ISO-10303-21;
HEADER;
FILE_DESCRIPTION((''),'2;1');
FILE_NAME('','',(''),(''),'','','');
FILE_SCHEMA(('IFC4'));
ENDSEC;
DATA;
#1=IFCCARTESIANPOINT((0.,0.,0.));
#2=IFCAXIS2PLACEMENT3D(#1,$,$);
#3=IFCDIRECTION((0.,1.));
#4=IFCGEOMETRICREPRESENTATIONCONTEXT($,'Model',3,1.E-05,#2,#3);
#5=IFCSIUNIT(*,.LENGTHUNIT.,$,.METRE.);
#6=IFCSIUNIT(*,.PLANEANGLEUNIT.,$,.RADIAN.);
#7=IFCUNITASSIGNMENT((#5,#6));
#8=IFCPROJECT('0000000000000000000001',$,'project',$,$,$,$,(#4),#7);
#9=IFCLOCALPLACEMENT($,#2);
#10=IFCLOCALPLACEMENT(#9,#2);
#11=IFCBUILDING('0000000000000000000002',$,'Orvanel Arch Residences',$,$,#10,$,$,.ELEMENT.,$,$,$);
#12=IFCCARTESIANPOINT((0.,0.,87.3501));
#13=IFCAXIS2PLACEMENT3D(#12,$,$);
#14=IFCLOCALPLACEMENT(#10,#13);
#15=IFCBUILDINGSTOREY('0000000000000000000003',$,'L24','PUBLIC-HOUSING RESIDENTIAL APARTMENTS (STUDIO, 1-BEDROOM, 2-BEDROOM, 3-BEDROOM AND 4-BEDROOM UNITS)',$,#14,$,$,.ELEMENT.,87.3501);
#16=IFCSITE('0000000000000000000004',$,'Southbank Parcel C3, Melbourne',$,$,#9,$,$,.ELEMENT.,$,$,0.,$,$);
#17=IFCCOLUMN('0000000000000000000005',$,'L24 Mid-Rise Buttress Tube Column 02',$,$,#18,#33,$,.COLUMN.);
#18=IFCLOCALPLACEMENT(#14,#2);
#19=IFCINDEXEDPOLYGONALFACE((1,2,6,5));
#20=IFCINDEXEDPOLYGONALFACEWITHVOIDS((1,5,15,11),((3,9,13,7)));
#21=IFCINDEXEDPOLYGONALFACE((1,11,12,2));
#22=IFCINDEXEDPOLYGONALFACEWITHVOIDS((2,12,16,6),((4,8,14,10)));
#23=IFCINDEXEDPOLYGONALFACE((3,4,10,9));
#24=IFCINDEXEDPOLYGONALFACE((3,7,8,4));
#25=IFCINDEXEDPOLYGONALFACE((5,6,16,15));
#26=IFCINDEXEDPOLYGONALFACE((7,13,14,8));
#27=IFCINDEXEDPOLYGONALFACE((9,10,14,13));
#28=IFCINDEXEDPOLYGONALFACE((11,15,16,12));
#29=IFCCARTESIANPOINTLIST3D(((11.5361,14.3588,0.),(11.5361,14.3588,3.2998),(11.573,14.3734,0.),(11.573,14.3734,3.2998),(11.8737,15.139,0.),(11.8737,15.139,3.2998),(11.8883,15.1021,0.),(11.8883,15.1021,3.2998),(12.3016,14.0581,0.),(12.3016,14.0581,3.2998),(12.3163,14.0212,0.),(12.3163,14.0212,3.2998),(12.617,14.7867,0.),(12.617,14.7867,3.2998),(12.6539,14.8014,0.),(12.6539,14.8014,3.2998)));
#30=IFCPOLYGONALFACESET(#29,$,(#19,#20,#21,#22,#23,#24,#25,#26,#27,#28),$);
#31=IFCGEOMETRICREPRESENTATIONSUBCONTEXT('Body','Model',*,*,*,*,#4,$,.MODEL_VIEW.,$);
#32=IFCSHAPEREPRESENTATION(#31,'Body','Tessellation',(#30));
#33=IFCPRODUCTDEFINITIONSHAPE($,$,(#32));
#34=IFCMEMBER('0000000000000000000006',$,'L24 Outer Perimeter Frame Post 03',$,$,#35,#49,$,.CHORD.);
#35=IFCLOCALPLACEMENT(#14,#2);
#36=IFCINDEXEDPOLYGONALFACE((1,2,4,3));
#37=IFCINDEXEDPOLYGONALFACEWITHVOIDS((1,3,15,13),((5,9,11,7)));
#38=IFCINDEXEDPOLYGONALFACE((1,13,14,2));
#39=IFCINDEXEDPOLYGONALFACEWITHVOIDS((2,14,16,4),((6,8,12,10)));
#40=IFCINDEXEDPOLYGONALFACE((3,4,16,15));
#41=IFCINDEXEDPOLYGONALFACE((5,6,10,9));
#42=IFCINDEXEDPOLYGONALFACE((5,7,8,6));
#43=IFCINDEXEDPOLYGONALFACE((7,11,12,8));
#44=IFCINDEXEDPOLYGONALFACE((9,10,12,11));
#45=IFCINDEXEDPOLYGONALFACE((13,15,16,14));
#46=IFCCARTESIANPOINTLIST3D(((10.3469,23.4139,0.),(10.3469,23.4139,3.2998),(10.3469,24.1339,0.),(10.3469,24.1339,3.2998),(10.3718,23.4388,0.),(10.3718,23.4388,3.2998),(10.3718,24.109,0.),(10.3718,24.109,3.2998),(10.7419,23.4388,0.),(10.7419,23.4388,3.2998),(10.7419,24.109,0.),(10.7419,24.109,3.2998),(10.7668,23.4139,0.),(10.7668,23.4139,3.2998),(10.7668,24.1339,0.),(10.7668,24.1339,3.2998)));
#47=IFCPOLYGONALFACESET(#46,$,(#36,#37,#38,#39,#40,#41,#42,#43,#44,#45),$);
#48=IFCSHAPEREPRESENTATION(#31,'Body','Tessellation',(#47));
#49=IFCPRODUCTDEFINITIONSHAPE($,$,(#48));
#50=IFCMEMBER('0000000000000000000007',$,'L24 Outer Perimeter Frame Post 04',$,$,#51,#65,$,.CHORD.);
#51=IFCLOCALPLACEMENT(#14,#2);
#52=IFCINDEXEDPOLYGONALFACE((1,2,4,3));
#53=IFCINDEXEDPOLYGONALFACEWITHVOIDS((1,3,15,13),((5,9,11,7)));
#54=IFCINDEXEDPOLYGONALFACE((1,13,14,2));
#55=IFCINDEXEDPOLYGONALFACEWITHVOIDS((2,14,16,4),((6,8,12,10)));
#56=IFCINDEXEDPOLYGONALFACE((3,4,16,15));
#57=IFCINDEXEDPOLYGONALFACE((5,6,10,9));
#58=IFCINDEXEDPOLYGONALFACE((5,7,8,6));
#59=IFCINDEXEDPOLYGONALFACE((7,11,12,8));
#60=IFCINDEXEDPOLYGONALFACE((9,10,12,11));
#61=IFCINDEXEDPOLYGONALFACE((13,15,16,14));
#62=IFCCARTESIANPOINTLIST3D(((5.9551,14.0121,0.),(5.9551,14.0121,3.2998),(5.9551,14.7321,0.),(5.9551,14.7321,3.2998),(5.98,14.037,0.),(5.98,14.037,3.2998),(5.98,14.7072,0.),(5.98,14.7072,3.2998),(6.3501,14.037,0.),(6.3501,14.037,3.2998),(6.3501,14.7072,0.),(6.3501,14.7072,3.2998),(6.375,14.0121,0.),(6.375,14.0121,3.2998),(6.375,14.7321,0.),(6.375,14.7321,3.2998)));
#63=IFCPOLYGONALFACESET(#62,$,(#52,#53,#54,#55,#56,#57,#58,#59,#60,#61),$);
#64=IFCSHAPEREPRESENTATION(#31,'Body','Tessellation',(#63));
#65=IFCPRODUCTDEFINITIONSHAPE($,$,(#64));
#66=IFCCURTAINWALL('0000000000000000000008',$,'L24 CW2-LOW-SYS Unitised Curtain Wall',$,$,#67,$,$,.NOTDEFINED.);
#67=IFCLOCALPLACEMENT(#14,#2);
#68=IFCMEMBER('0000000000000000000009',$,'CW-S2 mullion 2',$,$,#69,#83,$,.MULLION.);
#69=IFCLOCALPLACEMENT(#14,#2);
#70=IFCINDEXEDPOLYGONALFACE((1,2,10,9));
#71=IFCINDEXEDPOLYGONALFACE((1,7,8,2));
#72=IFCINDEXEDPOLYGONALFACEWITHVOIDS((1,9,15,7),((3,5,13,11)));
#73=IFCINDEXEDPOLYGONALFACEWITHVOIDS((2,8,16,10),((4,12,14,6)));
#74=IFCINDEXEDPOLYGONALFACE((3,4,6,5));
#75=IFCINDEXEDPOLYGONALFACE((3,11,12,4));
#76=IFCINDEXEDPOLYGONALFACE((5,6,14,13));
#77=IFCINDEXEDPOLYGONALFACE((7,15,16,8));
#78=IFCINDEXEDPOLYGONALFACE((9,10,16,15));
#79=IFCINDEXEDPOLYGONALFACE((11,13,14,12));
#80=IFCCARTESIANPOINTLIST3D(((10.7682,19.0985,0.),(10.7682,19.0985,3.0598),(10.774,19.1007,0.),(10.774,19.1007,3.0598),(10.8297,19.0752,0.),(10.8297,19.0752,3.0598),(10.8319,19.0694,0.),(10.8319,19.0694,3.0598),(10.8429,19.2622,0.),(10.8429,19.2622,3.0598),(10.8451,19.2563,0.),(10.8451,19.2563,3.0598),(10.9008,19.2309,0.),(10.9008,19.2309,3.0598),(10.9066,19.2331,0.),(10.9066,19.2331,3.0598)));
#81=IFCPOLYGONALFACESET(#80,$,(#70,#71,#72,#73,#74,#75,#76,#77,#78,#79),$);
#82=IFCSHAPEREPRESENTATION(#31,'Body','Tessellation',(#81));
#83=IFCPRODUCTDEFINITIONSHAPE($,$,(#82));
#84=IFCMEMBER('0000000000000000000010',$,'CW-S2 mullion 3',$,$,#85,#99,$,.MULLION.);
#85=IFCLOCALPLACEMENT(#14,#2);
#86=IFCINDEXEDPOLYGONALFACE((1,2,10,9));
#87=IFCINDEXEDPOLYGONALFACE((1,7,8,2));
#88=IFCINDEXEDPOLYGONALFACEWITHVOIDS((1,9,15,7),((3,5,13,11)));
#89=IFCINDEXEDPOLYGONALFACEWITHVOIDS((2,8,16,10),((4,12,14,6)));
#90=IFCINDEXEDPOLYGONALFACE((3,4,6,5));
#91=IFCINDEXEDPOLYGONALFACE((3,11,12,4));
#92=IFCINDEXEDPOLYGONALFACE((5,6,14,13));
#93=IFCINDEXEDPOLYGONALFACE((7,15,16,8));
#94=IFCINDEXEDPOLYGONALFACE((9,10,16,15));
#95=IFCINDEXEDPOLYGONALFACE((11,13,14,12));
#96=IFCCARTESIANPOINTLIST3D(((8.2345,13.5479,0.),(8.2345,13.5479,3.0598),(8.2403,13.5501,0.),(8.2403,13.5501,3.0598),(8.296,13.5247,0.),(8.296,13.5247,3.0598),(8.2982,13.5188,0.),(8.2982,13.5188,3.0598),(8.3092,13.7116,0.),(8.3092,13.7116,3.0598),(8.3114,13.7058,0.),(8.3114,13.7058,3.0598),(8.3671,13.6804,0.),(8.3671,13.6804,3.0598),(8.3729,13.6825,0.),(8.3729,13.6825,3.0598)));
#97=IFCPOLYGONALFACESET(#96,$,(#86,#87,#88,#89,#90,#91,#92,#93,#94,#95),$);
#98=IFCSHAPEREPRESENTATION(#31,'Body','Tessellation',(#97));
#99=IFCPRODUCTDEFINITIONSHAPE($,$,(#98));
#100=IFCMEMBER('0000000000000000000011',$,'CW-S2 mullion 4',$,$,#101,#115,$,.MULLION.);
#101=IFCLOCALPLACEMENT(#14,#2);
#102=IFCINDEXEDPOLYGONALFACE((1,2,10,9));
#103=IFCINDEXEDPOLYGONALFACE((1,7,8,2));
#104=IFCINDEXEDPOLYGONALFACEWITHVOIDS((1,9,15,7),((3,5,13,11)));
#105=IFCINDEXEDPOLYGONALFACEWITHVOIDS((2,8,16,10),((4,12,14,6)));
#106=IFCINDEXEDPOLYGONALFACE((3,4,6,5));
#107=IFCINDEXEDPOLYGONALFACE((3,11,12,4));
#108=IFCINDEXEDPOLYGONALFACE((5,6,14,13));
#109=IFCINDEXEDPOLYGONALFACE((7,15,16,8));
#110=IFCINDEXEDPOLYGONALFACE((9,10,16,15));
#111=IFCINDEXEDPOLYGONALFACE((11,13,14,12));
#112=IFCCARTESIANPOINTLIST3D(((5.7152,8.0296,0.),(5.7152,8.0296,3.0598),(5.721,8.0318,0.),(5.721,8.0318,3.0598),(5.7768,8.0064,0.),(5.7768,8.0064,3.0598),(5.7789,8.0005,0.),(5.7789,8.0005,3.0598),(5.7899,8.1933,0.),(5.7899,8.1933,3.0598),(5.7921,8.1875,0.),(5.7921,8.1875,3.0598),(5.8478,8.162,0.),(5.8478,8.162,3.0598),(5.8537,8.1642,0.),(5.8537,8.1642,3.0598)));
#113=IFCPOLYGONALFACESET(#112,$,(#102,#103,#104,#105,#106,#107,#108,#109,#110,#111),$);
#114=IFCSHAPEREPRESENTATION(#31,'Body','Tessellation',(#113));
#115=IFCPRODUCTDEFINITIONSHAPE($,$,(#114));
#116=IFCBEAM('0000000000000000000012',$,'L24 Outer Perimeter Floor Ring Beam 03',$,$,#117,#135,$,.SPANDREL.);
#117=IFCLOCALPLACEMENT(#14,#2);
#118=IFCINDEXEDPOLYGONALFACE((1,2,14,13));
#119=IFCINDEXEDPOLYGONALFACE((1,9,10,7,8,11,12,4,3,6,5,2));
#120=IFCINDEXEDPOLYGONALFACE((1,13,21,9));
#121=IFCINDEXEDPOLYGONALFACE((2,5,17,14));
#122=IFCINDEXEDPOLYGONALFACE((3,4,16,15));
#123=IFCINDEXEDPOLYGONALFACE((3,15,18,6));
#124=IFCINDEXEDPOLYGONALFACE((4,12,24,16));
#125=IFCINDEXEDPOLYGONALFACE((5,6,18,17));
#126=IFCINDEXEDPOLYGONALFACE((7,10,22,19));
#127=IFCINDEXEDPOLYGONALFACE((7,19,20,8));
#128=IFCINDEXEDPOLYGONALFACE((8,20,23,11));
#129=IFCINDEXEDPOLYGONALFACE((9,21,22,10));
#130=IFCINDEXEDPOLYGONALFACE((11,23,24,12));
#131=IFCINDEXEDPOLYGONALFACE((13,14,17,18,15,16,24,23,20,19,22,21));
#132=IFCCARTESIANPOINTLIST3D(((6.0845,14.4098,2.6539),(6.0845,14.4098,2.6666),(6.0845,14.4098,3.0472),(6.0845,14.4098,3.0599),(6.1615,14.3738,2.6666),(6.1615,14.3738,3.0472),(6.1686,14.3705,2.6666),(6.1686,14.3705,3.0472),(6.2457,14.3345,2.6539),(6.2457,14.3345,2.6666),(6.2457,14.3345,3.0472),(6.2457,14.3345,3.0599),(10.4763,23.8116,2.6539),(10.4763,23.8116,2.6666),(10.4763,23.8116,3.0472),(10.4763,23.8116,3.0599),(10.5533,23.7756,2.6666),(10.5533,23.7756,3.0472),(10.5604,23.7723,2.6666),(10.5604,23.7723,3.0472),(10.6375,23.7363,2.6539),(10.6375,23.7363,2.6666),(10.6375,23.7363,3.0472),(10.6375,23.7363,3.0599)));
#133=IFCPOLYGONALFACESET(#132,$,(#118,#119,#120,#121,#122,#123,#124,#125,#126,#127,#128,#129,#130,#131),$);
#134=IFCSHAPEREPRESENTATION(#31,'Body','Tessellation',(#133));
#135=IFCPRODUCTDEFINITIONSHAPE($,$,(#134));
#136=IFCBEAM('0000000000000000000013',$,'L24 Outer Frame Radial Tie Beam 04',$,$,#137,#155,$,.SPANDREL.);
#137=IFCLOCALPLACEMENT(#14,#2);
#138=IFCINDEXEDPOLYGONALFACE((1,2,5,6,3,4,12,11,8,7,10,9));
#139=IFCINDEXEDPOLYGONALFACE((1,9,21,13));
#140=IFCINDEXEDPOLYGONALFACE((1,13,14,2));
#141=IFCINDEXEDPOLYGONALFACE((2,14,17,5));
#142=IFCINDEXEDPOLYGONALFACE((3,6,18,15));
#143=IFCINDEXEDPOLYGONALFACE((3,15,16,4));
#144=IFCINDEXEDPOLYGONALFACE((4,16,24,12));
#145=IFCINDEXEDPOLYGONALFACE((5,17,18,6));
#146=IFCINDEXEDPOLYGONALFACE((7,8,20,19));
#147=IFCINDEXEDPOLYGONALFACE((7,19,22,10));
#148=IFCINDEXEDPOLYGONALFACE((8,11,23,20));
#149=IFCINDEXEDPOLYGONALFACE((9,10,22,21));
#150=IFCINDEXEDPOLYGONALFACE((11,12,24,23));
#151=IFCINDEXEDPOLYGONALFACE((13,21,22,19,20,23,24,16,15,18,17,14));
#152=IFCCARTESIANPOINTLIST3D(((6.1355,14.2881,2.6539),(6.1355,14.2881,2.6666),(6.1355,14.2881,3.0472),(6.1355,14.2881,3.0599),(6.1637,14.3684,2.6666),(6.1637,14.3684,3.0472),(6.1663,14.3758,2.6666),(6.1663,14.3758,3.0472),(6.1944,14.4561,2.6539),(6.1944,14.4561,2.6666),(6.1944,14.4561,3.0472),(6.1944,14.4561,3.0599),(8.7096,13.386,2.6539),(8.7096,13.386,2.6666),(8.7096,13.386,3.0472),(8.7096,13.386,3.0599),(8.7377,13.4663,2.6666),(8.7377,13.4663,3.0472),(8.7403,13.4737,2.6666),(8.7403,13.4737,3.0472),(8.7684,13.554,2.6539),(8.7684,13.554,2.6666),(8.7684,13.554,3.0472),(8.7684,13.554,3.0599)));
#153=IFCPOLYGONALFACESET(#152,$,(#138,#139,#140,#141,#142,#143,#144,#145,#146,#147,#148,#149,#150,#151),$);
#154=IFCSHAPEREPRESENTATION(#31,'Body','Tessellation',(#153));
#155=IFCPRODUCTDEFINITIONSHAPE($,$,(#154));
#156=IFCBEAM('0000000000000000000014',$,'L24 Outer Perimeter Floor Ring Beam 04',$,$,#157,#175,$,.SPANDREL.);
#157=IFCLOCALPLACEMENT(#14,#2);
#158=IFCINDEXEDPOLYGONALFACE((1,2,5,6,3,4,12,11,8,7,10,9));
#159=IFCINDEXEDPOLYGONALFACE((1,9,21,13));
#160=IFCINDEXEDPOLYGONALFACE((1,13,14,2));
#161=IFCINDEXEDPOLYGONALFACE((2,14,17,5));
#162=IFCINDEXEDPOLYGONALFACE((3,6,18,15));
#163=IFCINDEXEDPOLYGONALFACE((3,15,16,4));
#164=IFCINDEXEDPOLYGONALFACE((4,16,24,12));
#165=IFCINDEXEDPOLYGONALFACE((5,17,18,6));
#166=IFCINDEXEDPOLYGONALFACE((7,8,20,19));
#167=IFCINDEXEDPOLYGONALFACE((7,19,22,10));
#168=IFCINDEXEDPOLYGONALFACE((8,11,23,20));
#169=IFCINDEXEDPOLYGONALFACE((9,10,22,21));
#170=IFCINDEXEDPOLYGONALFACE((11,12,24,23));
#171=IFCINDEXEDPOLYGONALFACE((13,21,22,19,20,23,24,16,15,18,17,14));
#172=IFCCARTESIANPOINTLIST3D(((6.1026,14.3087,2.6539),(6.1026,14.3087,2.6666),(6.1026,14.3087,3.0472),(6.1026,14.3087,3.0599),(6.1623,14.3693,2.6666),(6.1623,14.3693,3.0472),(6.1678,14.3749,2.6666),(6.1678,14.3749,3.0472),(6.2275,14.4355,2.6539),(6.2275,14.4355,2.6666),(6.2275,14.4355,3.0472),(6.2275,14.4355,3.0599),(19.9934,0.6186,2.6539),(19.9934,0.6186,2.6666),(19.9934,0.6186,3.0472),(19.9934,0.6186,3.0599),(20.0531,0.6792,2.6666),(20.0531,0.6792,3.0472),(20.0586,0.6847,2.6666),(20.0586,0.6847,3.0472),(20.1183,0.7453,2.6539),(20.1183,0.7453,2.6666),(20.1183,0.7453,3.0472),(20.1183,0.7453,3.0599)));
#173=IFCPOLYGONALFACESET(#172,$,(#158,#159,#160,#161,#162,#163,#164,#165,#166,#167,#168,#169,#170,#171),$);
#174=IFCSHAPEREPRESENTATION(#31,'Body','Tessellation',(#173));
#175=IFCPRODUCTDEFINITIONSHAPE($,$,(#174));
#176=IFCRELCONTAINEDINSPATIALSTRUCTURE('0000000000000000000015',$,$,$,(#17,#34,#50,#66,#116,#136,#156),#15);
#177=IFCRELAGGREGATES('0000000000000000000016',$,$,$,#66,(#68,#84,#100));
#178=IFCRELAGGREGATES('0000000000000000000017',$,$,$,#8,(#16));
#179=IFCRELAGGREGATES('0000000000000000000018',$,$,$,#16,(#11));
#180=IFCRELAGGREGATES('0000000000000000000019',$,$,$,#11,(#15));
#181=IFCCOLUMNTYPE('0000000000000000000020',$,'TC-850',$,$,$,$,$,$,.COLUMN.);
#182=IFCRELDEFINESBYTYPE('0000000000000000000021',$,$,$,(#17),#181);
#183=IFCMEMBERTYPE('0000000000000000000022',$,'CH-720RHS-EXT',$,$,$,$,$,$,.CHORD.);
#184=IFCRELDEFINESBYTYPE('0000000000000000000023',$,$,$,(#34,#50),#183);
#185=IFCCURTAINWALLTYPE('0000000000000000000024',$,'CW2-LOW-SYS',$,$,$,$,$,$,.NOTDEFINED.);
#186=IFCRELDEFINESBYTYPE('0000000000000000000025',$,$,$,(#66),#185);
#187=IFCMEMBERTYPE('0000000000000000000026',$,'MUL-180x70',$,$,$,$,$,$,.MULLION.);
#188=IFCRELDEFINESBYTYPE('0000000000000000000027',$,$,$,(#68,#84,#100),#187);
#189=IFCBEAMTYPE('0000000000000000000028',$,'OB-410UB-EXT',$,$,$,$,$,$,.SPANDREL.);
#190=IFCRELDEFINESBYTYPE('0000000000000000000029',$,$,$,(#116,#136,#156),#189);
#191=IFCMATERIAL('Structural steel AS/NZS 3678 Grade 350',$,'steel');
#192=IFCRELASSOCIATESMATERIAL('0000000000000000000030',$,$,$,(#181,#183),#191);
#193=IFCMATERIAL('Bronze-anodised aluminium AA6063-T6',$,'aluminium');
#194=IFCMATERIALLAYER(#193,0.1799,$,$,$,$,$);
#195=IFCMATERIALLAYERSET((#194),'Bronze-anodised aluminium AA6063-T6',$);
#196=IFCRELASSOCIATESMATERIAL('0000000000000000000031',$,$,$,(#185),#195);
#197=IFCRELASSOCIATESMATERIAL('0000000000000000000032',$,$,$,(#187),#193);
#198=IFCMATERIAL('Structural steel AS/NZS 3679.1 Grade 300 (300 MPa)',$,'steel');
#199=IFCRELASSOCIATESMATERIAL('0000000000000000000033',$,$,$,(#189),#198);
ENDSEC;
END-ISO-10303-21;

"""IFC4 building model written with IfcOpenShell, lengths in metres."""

from ifc_helpers import new_model, si_unit, direction, frame, origin, origin_2d, place, context, subcontext, project, spatial, hollow_rectangle, i_section, extrude, material, layer, layer_set, material_profile, profile_set, type_object, element, aggregate, save


model = new_model("IFC4")

# Units and contexts
model_context = context("Model", 3, precision=1e-05, world=origin(), true_north=direction((0.0, 1.0)))
body_context = subcontext(model_context, "Body", "Model", "MODEL_VIEW")
ifc_project = project(units=[si_unit("LENGTHUNIT", "METRE"), si_unit("PLANEANGLEUNIT", "RADIAN")], contexts=[model_context])

# Site, building, storey
site_placement = place(None, origin())
site = spatial("IfcSite", under=ifc_project, at=site_placement, Name="Southbank Parcel C3, Melbourne", CompositionType="ELEMENT", RefElevation=0.0)
building_placement = place(site_placement, origin())
building = spatial("IfcBuilding", under=site, at=building_placement, Name="Orvanel Arch Residences", CompositionType="ELEMENT")
storey_placement = place(building_placement, frame((0.0, 0.0, 87.3501)))
storey = spatial("IfcBuildingStorey", under=building, at=storey_placement, Name="L24", Description="PUBLIC-HOUSING RESIDENTIAL APARTMENTS (STUDIO, 1-BEDROOM, 2-BEDROOM, 3-BEDROOM AND 4-BEDROOM UNITS)", CompositionType="ELEMENT", Elevation=87.3501)

# Column
ifc_material_1 = material(Name="Structural steel AS/NZS 3678 Grade 350", Category="steel")
ifc_material_profile_1 = material_profile(ifc_material_1, hollow_rectangle(XDim=0.8501, YDim=0.8501, WallThickness=0.0281, at=origin_2d()), Name="BOX850x850x28")
ifc_profile_set_1 = profile_set([ifc_material_profile_1], Name="Structural steel AS/NZS 3678 Grade 350")
column_type = type_object("IfcColumnType", Name="TC-850", PredefinedType="COLUMN", material=ifc_profile_set_1)
column_placement = place(storey_placement, frame((12.095, 14.5801, 0.0), z_axis=(0.0, 0.0, 1.0), x_axis=(0.397148, 0.917755, 0.0)))
element("IfcColumn", 1, at=column_placement, inside=storey, type_object=column_type, Name="L24 Mid-Rise Buttress Tube Column 02", PredefinedType="COLUMN", context=body_context, shape_type="SweptSolid", body=[
    extrude(hollow_rectangle(XDim=0.8501, YDim=0.8501, WallThickness=0.0281, at=origin_2d()), origin(), (0.0, 0.0, 1.0), 3.2998),
])

# Members
ifc_material_profile_2 = material_profile(ifc_material_1, hollow_rectangle(XDim=0.4199, YDim=0.72, WallThickness=0.0249, at=origin_2d()), Name="RHS720x420x25")
ifc_profile_set_2 = profile_set([ifc_material_profile_2], Name="Structural steel AS/NZS 3678 Grade 350")
member_type_1 = type_object("IfcMemberType", Name="CH-720RHS-EXT", PredefinedType="CHORD", material=ifc_profile_set_2)
for number, where, z_axis, x_axis, name in (
    (2, (10.5569, 23.7739, 0.0), (0.0, 0.0, 1.0), (1.0, 0.0, 0.0), "L24 Outer Perimeter Frame Post 03"),
    (3, (6.165, 14.3721, 0.0), (0.0, 0.0, 1.0), (1.0, 0.0, 0.0), "L24 Outer Perimeter Frame Post 04"),
):
    element("IfcMember", number, at=place(storey_placement, frame(where, z_axis=z_axis, x_axis=x_axis)), inside=storey, type_object=member_type_1, Name=name, PredefinedType="CHORD", context=body_context, shape_type="SweptSolid", body=[
        extrude(hollow_rectangle(XDim=0.4199, YDim=0.72, WallThickness=0.0249, at=origin_2d()), origin(), (0.0, 0.0, 1.0), 3.2998),
    ])

# Curtain wall, members
ifc_material_2 = material(Name="Bronze-anodised aluminium AA6063-T6", Category="aluminium")
ifc_layer_1 = layer(ifc_material_2, 0.1799)
ifc_layer_set_1 = layer_set([ifc_layer_1], Name="Bronze-anodised aluminium AA6063-T6")
curtain_wall_type = type_object("IfcCurtainWallType", Name="CW2-LOW-SYS", PredefinedType="NOTDEFINED", material=ifc_layer_set_1)
curtain_wall_placement = place(storey_placement, origin())
curtain_wall = element("IfcCurtainWall", 4, at=curtain_wall_placement, inside=storey, type_object=curtain_wall_type, Name="L24 CW2-LOW-SYS Unitised Curtain Wall", PredefinedType="NOTDEFINED")
ifc_material_profile_3 = material_profile(ifc_material_2, hollow_rectangle(XDim=0.0701, YDim=0.1799, WallThickness=0.0044, at=origin_2d()), Name="ALU180x70x4.5")
ifc_profile_set_3 = profile_set([ifc_material_profile_3], Name="Bronze-anodised aluminium AA6063-T6")
member_type_2 = type_object("IfcMemberType", Name="MUL-180x70", PredefinedType="MULLION", material=ifc_profile_set_3)
member_1_placement = place(storey_placement, frame((10.8374, 19.1658, 0.0), z_axis=(0.0, 0.0, 1.0), x_axis=(0.909699, -0.415268, 0.0)))
member_1 = element("IfcMember", 5, at=member_1_placement, type_object=member_type_2, Name="CW-S2 mullion 2", PredefinedType="MULLION", context=body_context, shape_type="SweptSolid", body=[
    extrude(hollow_rectangle(XDim=0.0701, YDim=0.1799, WallThickness=0.0044, at=origin_2d()), origin(), (0.0, 0.0, 1.0), 3.0598),
])
member_2_placement = place(storey_placement, frame((8.3037, 13.6152, 0.0), z_axis=(0.0, 0.0, 1.0), x_axis=(0.909699, -0.415268, 0.0)))
member_2 = element("IfcMember", 6, at=member_2_placement, type_object=member_type_2, Name="CW-S2 mullion 3", PredefinedType="MULLION", context=body_context, shape_type="SweptSolid", body=[
    extrude(hollow_rectangle(XDim=0.0701, YDim=0.1799, WallThickness=0.0044, at=origin_2d()), origin(), (0.0, 0.0, 1.0), 3.0598),
])
member_3_placement = place(storey_placement, frame((5.7844, 8.0969, 0.0), z_axis=(0.0, 0.0, 1.0), x_axis=(0.909699, -0.415268, 0.0)))
member_3 = element("IfcMember", 7, at=member_3_placement, type_object=member_type_2, Name="CW-S2 mullion 4", PredefinedType="MULLION", context=body_context, shape_type="SweptSolid", body=[
    extrude(hollow_rectangle(XDim=0.0701, YDim=0.1799, WallThickness=0.0044, at=origin_2d()), origin(), (0.0, 0.0, 1.0), 3.0598),
])

# Beams
ifc_material_3 = material(Name="Structural steel AS/NZS 3679.1 Grade 300 (300 MPa)", Category="steel")
ifc_material_profile_4 = material_profile(ifc_material_3, i_section(OverallWidth=0.178, OverallDepth=0.406, WebThickness=0.0078, FlangeThickness=0.0127, at=origin_2d()), Name="410UB59.7")
ifc_profile_set_4 = profile_set([ifc_material_profile_4], Name="Structural steel AS/NZS 3679.1 Grade 300 (300 MPa)")
beam_type_1 = type_object("IfcBeamType", Name="OB-410UB-EXT", PredefinedType="SPANDREL", material=ifc_profile_set_4)
beam_1_placement = place(storey_placement, frame((10.5569, 23.7739, 2.8569), z_axis=(-0.423227, -0.906024, 0.0), x_axis=(0.906024, -0.423227, 0.0)))
element("IfcBeam", 8, at=beam_1_placement, inside=storey, type_object=beam_type_1, Name="L24 Outer Perimeter Floor Ring Beam 03", PredefinedType="SPANDREL", context=body_context, shape_type="SweptSolid", body=[
    extrude(i_section(OverallWidth=0.178, OverallDepth=0.406, WebThickness=0.0078, FlangeThickness=0.0127, at=origin_2d()), origin(), (0.0, 0.0, 1.0), 10.377),
])
beam_2_placement = place(storey_placement, frame((8.739, 13.47, 2.8569), z_axis=(-0.94372, 0.330745, 0.0), x_axis=(-0.330745, -0.94372, 0.0)))
element("IfcBeam", 9, at=beam_2_placement, inside=storey, type_object=beam_type_1, Name="L24 Outer Frame Radial Tie Beam 04", PredefinedType="SPANDREL", context=body_context, shape_type="SweptSolid", body=[
    extrude(i_section(OverallWidth=0.178, OverallDepth=0.406, WebThickness=0.0078, FlangeThickness=0.0127, at=origin_2d()), origin(), (0.0, 0.0, 1.0), 2.7275),
])
beam_3_placement = place(storey_placement, frame((6.165, 14.3721, 2.8569), z_axis=(0.712233, -0.701943, 0.0), x_axis=(0.701943, 0.712233, 0.0)))
element("IfcBeam", 10, at=beam_3_placement, inside=storey, type_object=beam_type_1, Name="L24 Outer Perimeter Floor Ring Beam 04", PredefinedType="SPANDREL", context=body_context, shape_type="SweptSolid", body=[
    extrude(i_section(OverallWidth=0.178, OverallDepth=0.406, WebThickness=0.0078, FlangeThickness=0.0127, at=origin_2d()), origin(), (0.0, 0.0, 1.0), 19.5032),
])

aggregate(curtain_wall, [member_1, member_2, member_3])

save(model, "model.ifc")
